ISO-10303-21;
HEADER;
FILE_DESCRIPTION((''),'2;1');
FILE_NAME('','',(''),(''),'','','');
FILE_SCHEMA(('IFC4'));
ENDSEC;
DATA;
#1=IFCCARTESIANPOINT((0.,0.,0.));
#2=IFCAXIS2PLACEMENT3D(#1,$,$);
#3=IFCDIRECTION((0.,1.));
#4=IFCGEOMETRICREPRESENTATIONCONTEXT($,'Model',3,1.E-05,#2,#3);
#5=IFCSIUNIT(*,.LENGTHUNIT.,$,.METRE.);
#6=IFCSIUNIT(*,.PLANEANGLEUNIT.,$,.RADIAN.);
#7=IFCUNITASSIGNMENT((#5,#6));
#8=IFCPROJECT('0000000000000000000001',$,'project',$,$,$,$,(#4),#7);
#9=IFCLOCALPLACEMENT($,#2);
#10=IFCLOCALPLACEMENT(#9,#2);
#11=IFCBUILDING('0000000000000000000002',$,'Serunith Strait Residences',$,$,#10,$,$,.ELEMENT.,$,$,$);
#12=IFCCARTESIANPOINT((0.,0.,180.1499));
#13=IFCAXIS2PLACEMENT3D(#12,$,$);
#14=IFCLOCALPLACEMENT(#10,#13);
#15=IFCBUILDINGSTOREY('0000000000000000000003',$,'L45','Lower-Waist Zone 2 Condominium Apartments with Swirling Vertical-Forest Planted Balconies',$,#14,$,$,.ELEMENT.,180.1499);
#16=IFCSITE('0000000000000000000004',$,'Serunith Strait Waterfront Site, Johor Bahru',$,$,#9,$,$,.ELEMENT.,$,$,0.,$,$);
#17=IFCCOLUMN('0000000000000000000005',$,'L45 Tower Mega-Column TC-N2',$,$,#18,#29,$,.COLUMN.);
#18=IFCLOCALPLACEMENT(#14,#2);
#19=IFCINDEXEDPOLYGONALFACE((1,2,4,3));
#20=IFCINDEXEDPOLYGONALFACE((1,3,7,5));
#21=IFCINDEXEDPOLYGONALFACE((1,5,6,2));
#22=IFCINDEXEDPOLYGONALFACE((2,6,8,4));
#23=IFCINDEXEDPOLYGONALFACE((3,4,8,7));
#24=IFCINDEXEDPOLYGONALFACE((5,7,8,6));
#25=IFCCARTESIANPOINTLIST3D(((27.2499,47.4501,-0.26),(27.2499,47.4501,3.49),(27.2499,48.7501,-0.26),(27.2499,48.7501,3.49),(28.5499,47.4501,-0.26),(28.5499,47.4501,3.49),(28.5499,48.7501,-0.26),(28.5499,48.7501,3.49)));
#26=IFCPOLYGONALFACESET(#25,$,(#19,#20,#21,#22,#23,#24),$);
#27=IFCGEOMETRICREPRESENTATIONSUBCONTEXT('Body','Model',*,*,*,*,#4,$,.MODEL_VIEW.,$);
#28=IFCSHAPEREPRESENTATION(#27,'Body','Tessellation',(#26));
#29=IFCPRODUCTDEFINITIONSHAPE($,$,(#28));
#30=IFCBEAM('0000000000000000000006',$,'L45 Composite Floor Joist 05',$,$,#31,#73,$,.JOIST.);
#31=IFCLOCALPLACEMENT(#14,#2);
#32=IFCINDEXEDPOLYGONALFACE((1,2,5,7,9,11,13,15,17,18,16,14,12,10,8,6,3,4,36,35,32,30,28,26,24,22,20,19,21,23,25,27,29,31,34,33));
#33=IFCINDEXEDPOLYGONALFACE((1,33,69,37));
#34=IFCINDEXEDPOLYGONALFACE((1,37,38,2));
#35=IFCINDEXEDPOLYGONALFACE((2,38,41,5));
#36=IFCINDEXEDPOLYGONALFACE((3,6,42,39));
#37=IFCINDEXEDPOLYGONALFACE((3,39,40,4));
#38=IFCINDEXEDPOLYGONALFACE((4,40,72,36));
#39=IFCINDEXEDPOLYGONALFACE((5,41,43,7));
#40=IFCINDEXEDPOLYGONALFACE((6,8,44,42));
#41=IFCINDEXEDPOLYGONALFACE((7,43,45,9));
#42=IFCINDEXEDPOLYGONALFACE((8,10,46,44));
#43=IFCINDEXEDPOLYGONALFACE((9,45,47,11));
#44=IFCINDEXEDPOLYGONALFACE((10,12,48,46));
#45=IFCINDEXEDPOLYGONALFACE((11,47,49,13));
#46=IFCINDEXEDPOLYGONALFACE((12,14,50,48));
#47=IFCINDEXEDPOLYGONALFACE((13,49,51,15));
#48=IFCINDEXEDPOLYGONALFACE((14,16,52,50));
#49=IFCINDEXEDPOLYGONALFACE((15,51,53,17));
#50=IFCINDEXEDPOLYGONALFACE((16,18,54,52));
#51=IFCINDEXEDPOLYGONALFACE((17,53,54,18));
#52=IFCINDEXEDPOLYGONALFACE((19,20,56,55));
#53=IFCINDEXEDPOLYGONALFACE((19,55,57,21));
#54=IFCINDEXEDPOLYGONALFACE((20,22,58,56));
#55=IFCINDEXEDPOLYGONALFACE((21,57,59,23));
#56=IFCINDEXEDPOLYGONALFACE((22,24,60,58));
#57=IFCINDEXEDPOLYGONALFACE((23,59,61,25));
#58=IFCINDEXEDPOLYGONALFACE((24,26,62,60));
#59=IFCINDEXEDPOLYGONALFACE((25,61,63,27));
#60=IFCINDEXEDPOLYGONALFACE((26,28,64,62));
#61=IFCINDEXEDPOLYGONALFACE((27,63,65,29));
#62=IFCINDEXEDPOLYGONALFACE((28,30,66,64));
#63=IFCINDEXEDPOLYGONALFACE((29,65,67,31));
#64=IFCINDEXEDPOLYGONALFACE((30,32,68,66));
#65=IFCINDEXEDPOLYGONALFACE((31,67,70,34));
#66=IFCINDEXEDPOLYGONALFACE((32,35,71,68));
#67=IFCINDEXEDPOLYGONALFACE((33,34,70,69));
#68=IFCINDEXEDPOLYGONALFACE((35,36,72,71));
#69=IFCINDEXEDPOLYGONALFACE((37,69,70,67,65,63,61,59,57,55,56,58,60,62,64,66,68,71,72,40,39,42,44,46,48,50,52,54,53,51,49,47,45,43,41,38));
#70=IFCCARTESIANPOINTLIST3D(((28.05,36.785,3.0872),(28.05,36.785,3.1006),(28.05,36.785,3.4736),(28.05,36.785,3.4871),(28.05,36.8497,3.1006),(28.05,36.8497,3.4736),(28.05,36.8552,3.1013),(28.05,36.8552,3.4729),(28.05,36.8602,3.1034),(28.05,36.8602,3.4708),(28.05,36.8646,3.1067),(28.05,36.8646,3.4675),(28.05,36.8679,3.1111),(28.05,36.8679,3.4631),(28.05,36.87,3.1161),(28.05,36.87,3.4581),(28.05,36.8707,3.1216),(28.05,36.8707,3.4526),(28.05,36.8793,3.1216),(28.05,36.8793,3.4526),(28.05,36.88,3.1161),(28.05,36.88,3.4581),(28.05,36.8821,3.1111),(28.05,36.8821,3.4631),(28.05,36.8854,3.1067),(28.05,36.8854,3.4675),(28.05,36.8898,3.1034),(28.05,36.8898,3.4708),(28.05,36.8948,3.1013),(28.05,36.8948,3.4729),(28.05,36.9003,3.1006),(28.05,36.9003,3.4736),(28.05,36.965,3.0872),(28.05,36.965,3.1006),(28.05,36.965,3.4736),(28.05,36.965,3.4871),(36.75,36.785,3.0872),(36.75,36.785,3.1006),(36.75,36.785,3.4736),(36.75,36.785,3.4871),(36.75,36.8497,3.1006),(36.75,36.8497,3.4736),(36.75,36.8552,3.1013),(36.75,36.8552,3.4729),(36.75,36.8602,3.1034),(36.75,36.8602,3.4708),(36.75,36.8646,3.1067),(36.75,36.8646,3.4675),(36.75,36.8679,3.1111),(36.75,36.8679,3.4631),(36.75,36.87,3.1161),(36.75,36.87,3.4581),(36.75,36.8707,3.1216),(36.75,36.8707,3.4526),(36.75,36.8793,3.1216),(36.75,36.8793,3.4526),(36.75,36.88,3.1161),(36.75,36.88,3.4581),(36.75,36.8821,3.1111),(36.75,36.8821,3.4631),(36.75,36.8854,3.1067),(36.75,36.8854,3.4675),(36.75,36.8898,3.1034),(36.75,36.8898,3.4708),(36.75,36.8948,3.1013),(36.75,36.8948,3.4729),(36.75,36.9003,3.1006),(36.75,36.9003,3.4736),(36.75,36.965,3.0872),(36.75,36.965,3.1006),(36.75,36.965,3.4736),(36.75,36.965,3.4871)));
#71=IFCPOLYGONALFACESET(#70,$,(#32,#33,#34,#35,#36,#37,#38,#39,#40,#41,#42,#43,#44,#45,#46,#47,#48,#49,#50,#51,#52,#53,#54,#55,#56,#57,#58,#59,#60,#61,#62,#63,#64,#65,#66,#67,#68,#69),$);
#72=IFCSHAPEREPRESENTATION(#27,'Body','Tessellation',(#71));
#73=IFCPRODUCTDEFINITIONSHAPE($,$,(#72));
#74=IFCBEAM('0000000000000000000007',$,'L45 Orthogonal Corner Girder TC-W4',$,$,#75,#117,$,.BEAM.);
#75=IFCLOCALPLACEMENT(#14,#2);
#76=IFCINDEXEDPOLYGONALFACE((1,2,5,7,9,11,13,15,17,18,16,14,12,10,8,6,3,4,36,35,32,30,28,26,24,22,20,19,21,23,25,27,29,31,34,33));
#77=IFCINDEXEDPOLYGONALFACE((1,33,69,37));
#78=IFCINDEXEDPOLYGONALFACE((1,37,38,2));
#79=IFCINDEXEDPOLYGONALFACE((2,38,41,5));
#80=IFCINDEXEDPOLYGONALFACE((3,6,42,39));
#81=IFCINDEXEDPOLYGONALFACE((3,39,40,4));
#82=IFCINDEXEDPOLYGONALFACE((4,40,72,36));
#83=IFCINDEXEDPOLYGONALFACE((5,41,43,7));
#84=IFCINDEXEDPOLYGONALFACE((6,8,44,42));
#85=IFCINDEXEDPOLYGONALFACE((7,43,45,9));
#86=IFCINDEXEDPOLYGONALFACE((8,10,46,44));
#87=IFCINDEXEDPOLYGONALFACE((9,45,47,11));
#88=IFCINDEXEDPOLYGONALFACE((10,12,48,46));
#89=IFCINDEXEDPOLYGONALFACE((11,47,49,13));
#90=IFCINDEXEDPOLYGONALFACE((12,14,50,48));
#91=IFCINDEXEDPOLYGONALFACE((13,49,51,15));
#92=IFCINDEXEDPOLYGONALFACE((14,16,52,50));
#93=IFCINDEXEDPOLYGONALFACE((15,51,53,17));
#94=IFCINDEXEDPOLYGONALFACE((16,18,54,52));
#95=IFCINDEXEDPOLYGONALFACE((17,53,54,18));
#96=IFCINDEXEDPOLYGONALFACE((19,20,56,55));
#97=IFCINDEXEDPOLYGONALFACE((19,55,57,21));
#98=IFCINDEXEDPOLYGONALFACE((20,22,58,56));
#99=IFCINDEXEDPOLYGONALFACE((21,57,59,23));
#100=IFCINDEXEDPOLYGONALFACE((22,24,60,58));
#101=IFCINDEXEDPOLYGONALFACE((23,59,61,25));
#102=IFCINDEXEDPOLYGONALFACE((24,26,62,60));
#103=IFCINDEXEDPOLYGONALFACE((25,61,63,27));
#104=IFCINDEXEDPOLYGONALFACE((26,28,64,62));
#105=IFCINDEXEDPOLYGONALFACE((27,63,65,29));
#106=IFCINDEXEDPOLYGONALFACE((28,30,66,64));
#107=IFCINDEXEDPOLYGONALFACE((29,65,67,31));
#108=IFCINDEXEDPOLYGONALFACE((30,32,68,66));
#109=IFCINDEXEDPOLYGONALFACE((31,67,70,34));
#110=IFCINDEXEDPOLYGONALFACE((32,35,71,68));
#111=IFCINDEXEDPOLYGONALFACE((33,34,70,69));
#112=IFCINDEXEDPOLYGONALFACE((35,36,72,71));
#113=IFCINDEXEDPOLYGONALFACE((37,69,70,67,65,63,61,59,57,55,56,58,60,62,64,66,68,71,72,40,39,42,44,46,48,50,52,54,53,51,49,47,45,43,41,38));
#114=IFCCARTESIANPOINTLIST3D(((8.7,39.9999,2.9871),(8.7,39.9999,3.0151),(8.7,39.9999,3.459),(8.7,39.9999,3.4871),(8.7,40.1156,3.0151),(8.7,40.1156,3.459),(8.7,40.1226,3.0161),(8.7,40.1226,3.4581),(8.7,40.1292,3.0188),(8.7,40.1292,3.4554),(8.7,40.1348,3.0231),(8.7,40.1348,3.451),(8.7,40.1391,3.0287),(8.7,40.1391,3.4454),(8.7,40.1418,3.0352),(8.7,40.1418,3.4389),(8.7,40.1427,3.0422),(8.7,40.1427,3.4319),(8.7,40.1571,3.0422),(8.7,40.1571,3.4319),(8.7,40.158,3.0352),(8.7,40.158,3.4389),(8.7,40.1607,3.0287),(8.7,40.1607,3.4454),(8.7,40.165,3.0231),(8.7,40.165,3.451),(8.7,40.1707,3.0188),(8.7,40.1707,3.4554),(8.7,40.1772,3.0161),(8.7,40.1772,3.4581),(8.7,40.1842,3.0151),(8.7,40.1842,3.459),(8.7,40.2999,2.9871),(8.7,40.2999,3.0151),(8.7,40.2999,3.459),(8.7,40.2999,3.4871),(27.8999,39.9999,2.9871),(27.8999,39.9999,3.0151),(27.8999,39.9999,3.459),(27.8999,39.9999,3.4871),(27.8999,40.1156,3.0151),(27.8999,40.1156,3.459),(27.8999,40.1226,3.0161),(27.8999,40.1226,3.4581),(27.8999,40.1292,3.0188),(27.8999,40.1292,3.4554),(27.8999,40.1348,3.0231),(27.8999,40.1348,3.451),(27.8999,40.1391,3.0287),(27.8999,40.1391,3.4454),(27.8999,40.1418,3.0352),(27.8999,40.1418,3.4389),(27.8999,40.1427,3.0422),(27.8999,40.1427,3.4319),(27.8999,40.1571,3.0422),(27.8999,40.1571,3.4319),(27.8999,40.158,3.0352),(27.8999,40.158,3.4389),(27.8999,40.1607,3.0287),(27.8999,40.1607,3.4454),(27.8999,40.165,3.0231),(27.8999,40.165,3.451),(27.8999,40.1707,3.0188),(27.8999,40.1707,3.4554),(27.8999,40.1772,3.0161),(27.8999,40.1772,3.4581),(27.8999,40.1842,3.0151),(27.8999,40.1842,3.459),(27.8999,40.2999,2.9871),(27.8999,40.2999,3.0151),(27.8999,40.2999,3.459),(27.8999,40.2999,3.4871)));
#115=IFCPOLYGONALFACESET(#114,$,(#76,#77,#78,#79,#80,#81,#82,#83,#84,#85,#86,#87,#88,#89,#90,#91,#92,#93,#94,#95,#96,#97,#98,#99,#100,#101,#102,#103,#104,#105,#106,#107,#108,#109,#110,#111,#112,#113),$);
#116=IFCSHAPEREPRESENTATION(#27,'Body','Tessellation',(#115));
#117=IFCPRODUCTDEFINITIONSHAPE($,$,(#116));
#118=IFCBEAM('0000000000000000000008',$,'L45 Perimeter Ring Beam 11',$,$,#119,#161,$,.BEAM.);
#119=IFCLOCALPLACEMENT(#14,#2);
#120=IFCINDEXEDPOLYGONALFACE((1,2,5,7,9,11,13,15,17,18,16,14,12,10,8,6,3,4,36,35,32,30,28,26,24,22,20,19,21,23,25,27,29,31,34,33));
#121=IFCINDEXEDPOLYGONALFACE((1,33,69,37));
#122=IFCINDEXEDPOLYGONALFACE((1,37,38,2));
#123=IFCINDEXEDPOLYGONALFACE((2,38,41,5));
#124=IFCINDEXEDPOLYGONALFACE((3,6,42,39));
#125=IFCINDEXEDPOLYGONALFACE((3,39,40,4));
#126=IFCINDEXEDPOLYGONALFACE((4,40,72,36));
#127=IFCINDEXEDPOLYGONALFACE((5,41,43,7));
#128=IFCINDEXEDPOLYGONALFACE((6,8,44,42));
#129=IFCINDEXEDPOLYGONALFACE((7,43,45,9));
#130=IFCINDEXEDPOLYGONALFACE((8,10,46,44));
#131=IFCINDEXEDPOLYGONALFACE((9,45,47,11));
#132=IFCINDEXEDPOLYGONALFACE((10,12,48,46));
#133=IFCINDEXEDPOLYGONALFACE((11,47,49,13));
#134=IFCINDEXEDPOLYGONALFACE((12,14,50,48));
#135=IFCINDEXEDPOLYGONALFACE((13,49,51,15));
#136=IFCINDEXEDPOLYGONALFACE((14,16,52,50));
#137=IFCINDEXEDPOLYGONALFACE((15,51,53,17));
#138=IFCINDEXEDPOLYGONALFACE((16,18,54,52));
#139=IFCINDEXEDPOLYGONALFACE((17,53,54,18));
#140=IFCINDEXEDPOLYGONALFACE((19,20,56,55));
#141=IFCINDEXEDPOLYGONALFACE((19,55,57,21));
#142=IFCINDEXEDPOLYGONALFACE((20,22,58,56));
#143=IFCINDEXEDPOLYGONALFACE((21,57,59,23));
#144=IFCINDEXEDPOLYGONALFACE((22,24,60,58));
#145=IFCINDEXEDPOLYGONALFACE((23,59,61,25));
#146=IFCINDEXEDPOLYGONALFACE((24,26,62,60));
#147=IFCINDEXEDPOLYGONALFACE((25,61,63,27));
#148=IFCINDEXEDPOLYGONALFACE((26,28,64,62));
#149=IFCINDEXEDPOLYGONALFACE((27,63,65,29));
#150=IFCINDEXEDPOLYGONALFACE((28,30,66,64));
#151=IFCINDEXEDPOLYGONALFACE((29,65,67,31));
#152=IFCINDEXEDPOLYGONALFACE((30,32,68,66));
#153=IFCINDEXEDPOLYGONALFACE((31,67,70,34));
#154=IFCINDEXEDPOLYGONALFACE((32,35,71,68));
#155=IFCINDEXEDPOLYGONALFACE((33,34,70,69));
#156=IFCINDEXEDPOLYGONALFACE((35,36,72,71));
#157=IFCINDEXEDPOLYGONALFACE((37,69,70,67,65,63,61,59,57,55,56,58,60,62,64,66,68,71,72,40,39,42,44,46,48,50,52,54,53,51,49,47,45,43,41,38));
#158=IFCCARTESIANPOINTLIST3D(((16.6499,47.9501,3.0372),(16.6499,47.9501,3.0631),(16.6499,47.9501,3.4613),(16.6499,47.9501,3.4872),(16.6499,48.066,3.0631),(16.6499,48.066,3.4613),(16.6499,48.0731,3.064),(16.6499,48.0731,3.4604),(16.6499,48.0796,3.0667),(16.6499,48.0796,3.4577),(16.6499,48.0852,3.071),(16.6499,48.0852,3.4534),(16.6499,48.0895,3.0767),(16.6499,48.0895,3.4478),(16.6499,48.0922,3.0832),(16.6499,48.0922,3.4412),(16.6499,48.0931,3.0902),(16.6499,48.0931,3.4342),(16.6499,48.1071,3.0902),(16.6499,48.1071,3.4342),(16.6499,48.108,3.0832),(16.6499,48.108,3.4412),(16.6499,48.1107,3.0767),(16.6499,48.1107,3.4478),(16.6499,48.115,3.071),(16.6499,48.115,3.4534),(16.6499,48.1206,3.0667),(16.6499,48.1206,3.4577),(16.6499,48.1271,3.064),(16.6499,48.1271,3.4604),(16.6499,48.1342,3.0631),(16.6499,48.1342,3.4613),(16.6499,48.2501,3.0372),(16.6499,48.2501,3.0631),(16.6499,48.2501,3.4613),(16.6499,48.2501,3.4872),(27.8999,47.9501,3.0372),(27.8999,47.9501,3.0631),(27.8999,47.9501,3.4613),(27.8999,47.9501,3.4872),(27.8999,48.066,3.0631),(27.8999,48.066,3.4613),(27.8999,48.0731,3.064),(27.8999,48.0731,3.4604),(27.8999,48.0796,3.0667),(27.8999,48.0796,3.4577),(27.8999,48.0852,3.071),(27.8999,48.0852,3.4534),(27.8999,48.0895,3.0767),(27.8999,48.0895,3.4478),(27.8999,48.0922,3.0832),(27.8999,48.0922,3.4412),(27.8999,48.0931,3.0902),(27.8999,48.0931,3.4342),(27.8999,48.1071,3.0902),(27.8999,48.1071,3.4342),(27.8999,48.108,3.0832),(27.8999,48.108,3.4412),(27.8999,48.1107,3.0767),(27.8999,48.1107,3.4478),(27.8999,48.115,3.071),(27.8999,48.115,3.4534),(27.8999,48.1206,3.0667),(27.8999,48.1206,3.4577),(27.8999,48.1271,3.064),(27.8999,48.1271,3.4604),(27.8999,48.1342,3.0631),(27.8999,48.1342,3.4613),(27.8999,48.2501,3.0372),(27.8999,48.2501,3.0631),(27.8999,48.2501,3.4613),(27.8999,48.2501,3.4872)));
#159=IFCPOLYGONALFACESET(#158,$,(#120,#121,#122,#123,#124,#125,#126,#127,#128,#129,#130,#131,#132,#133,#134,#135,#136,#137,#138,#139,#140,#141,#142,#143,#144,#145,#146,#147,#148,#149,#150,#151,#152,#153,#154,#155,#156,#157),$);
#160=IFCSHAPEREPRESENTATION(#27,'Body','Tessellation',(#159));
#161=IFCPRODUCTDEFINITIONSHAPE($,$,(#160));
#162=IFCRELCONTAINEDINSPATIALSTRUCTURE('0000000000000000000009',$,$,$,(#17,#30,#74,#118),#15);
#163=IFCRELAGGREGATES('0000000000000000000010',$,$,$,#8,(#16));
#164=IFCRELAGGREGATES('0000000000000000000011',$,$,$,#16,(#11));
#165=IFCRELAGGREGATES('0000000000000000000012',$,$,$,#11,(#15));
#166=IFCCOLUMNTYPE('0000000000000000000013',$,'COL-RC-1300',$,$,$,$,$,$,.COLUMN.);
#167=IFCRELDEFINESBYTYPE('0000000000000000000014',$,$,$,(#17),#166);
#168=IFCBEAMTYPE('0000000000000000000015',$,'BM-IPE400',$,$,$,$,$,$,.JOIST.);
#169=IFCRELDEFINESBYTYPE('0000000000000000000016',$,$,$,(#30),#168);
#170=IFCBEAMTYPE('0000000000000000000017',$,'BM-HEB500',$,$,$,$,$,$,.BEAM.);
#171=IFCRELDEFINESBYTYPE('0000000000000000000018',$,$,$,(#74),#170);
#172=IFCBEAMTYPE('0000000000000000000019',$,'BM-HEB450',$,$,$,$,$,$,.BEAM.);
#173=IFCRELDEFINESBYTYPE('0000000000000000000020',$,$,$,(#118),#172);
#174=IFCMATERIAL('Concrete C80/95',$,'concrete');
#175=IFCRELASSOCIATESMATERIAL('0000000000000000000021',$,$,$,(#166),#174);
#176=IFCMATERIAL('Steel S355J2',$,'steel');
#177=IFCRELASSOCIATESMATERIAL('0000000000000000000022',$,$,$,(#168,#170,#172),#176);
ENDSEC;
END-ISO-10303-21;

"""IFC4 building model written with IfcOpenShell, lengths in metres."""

from ifc_helpers import new_model, si_unit, direction, frame, origin, origin_2d, place, context, subcontext, project, spatial, rectangle, i_section, extrude, source, transform, mapped, material, material_profile, profile_set, type_object, element, save


model = new_model("IFC4")

# Units and contexts
model_context = context("Model", 3, precision=1e-05, world=origin(), true_north=direction((0.0, 1.0)))
body_context = subcontext(model_context, "Body", "Model", "MODEL_VIEW")
ifc_project = project(units=[si_unit("LENGTHUNIT", "METRE"), si_unit("PLANEANGLEUNIT", "RADIAN")], contexts=[model_context])

# Site, building, storey
site_placement = place(None, origin())
site = spatial("IfcSite", under=ifc_project, at=site_placement, Name="Serunith Strait Waterfront Site, Johor Bahru", CompositionType="ELEMENT", RefElevation=0.0)
building_placement = place(site_placement, origin())
building = spatial("IfcBuilding", under=site, at=building_placement, Name="Serunith Strait Residences", CompositionType="ELEMENT")
storey_placement = place(building_placement, frame((0.0, 0.0, 180.1499)))
storey = spatial("IfcBuildingStorey", under=building, at=storey_placement, Name="L45", Description="Lower-Waist Zone 2 Condominium Apartments with Swirling Vertical-Forest Planted Balconies", CompositionType="ELEMENT", Elevation=180.1499)

# Column
ifc_material_1 = material(Name="Concrete C80/95", Category="concrete")
ifc_material_profile_1 = material_profile(ifc_material_1, rectangle(XDim=1.3, YDim=1.3, at=origin_2d()), Name="RC 1300x1300")
ifc_profile_set_1 = profile_set([ifc_material_profile_1], Name="Concrete C80/95")
column_type = type_object("IfcColumnType", Name="COL-RC-1300", PredefinedType="COLUMN", material=ifc_profile_set_1)
shared_shape_1 = source(origin(), body_context, "Body", "SweptSolid", [
    extrude(rectangle(XDim=1.3, YDim=1.3, at=origin_2d()), origin(), (0.0, 0.0, 1.0), 3.75),
])
column_placement = place(storey_placement, frame((27.8999, 48.1001, -0.26), z_axis=(0.0, 0.0, 1.0), x_axis=(1.0, 0.0, 0.0)))
element("IfcColumn", 1, at=column_placement, inside=storey, type_object=column_type, Name="L45 Tower Mega-Column TC-N2", PredefinedType="COLUMN", context=body_context, shape_type="MappedRepresentation", body=[
    mapped(shared_shape_1, transform((0.0, 0.0, 0.0), scale=1.0)),
])

# Beams
ifc_material_2 = material(Name="Steel S355J2", Category="steel")
ifc_material_profile_2 = material_profile(ifc_material_2, i_section(OverallWidth=0.1799, OverallDepth=0.3999, WebThickness=0.0085, FlangeThickness=0.0134, FilletRadius=0.021, at=origin_2d()), Name="IPE 400")
ifc_profile_set_2 = profile_set([ifc_material_profile_2], Name="Steel S355J2")
beam_type_1 = type_object("IfcBeamType", Name="BM-IPE400", PredefinedType="JOIST", material=ifc_profile_set_2)
shared_shape_2 = source(origin(), body_context, "Body", "SweptSolid", [
    extrude(i_section(OverallWidth=0.1799, OverallDepth=0.3999, WebThickness=0.0085, FlangeThickness=0.0134, FilletRadius=0.021, at=origin_2d()), origin(), (0.0, 0.0, 1.0), 8.7),
])
beam_1_placement = place(storey_placement, frame((28.05, 36.875, 3.2871), z_axis=(1.0, 0.0, 0.0), x_axis=(0.0, 1.0, 0.0)))
element("IfcBeam", 2, at=beam_1_placement, inside=storey, type_object=beam_type_1, Name="L45 Composite Floor Joist 05", PredefinedType="JOIST", context=body_context, shape_type="MappedRepresentation", body=[
    mapped(shared_shape_2, transform((0.0, 0.0, 0.0), scale=1.0)),
])
ifc_material_profile_3 = material_profile(ifc_material_2, i_section(OverallWidth=0.3, OverallDepth=0.5, WebThickness=0.0144, FlangeThickness=0.0281, FilletRadius=0.0271, at=origin_2d()), Name="HEB 500")
ifc_profile_set_3 = profile_set([ifc_material_profile_3], Name="Steel S355J2")
beam_type_2 = type_object("IfcBeamType", Name="BM-HEB500", PredefinedType="BEAM", material=ifc_profile_set_3)
shared_shape_3 = source(origin(), body_context, "Body", "SweptSolid", [
    extrude(i_section(OverallWidth=0.3, OverallDepth=0.5, WebThickness=0.0144, FlangeThickness=0.0281, FilletRadius=0.0271, at=origin_2d()), origin(), (0.0, 0.0, 1.0), 19.2),
])
beam_2_placement = place(storey_placement, frame((27.8999, 40.1499, 3.2371), z_axis=(-1.0, 0.0, 0.0), x_axis=(0.0, -1.0, 0.0)))
element("IfcBeam", 3, at=beam_2_placement, inside=storey, type_object=beam_type_2, Name="L45 Orthogonal Corner Girder TC-W4", PredefinedType="BEAM", context=body_context, shape_type="MappedRepresentation", body=[
    mapped(shared_shape_3, transform((0.0, 0.0, 0.0), scale=1.0)),
])
ifc_material_profile_4 = material_profile(ifc_material_2, i_section(OverallWidth=0.3, OverallDepth=0.45, WebThickness=0.0139, FlangeThickness=0.0259, FilletRadius=0.0271, at=origin_2d()), Name="HEB 450")
ifc_profile_set_4 = profile_set([ifc_material_profile_4], Name="Steel S355J2")
beam_type_3 = type_object("IfcBeamType", Name="BM-HEB450", PredefinedType="BEAM", material=ifc_profile_set_4)
shared_shape_4 = source(origin(), body_context, "Body", "SweptSolid", [
    extrude(i_section(OverallWidth=0.3, OverallDepth=0.45, WebThickness=0.0139, FlangeThickness=0.0259, FilletRadius=0.0271, at=origin_2d()), origin(), (0.0, 0.0, 1.0), 11.25),
])
beam_3_placement = place(storey_placement, frame((27.8999, 48.1001, 3.2622), z_axis=(-1.0, 0.0, 0.0), x_axis=(0.0, -1.0, 0.0)))
element("IfcBeam", 4, at=beam_3_placement, inside=storey, type_object=beam_type_3, Name="L45 Perimeter Ring Beam 11", PredefinedType="BEAM", context=body_context, shape_type="MappedRepresentation", body=[
    mapped(shared_shape_4, transform((0.0, 0.0, 0.0), scale=1.0)),
])

save(model, "model.ifc")
